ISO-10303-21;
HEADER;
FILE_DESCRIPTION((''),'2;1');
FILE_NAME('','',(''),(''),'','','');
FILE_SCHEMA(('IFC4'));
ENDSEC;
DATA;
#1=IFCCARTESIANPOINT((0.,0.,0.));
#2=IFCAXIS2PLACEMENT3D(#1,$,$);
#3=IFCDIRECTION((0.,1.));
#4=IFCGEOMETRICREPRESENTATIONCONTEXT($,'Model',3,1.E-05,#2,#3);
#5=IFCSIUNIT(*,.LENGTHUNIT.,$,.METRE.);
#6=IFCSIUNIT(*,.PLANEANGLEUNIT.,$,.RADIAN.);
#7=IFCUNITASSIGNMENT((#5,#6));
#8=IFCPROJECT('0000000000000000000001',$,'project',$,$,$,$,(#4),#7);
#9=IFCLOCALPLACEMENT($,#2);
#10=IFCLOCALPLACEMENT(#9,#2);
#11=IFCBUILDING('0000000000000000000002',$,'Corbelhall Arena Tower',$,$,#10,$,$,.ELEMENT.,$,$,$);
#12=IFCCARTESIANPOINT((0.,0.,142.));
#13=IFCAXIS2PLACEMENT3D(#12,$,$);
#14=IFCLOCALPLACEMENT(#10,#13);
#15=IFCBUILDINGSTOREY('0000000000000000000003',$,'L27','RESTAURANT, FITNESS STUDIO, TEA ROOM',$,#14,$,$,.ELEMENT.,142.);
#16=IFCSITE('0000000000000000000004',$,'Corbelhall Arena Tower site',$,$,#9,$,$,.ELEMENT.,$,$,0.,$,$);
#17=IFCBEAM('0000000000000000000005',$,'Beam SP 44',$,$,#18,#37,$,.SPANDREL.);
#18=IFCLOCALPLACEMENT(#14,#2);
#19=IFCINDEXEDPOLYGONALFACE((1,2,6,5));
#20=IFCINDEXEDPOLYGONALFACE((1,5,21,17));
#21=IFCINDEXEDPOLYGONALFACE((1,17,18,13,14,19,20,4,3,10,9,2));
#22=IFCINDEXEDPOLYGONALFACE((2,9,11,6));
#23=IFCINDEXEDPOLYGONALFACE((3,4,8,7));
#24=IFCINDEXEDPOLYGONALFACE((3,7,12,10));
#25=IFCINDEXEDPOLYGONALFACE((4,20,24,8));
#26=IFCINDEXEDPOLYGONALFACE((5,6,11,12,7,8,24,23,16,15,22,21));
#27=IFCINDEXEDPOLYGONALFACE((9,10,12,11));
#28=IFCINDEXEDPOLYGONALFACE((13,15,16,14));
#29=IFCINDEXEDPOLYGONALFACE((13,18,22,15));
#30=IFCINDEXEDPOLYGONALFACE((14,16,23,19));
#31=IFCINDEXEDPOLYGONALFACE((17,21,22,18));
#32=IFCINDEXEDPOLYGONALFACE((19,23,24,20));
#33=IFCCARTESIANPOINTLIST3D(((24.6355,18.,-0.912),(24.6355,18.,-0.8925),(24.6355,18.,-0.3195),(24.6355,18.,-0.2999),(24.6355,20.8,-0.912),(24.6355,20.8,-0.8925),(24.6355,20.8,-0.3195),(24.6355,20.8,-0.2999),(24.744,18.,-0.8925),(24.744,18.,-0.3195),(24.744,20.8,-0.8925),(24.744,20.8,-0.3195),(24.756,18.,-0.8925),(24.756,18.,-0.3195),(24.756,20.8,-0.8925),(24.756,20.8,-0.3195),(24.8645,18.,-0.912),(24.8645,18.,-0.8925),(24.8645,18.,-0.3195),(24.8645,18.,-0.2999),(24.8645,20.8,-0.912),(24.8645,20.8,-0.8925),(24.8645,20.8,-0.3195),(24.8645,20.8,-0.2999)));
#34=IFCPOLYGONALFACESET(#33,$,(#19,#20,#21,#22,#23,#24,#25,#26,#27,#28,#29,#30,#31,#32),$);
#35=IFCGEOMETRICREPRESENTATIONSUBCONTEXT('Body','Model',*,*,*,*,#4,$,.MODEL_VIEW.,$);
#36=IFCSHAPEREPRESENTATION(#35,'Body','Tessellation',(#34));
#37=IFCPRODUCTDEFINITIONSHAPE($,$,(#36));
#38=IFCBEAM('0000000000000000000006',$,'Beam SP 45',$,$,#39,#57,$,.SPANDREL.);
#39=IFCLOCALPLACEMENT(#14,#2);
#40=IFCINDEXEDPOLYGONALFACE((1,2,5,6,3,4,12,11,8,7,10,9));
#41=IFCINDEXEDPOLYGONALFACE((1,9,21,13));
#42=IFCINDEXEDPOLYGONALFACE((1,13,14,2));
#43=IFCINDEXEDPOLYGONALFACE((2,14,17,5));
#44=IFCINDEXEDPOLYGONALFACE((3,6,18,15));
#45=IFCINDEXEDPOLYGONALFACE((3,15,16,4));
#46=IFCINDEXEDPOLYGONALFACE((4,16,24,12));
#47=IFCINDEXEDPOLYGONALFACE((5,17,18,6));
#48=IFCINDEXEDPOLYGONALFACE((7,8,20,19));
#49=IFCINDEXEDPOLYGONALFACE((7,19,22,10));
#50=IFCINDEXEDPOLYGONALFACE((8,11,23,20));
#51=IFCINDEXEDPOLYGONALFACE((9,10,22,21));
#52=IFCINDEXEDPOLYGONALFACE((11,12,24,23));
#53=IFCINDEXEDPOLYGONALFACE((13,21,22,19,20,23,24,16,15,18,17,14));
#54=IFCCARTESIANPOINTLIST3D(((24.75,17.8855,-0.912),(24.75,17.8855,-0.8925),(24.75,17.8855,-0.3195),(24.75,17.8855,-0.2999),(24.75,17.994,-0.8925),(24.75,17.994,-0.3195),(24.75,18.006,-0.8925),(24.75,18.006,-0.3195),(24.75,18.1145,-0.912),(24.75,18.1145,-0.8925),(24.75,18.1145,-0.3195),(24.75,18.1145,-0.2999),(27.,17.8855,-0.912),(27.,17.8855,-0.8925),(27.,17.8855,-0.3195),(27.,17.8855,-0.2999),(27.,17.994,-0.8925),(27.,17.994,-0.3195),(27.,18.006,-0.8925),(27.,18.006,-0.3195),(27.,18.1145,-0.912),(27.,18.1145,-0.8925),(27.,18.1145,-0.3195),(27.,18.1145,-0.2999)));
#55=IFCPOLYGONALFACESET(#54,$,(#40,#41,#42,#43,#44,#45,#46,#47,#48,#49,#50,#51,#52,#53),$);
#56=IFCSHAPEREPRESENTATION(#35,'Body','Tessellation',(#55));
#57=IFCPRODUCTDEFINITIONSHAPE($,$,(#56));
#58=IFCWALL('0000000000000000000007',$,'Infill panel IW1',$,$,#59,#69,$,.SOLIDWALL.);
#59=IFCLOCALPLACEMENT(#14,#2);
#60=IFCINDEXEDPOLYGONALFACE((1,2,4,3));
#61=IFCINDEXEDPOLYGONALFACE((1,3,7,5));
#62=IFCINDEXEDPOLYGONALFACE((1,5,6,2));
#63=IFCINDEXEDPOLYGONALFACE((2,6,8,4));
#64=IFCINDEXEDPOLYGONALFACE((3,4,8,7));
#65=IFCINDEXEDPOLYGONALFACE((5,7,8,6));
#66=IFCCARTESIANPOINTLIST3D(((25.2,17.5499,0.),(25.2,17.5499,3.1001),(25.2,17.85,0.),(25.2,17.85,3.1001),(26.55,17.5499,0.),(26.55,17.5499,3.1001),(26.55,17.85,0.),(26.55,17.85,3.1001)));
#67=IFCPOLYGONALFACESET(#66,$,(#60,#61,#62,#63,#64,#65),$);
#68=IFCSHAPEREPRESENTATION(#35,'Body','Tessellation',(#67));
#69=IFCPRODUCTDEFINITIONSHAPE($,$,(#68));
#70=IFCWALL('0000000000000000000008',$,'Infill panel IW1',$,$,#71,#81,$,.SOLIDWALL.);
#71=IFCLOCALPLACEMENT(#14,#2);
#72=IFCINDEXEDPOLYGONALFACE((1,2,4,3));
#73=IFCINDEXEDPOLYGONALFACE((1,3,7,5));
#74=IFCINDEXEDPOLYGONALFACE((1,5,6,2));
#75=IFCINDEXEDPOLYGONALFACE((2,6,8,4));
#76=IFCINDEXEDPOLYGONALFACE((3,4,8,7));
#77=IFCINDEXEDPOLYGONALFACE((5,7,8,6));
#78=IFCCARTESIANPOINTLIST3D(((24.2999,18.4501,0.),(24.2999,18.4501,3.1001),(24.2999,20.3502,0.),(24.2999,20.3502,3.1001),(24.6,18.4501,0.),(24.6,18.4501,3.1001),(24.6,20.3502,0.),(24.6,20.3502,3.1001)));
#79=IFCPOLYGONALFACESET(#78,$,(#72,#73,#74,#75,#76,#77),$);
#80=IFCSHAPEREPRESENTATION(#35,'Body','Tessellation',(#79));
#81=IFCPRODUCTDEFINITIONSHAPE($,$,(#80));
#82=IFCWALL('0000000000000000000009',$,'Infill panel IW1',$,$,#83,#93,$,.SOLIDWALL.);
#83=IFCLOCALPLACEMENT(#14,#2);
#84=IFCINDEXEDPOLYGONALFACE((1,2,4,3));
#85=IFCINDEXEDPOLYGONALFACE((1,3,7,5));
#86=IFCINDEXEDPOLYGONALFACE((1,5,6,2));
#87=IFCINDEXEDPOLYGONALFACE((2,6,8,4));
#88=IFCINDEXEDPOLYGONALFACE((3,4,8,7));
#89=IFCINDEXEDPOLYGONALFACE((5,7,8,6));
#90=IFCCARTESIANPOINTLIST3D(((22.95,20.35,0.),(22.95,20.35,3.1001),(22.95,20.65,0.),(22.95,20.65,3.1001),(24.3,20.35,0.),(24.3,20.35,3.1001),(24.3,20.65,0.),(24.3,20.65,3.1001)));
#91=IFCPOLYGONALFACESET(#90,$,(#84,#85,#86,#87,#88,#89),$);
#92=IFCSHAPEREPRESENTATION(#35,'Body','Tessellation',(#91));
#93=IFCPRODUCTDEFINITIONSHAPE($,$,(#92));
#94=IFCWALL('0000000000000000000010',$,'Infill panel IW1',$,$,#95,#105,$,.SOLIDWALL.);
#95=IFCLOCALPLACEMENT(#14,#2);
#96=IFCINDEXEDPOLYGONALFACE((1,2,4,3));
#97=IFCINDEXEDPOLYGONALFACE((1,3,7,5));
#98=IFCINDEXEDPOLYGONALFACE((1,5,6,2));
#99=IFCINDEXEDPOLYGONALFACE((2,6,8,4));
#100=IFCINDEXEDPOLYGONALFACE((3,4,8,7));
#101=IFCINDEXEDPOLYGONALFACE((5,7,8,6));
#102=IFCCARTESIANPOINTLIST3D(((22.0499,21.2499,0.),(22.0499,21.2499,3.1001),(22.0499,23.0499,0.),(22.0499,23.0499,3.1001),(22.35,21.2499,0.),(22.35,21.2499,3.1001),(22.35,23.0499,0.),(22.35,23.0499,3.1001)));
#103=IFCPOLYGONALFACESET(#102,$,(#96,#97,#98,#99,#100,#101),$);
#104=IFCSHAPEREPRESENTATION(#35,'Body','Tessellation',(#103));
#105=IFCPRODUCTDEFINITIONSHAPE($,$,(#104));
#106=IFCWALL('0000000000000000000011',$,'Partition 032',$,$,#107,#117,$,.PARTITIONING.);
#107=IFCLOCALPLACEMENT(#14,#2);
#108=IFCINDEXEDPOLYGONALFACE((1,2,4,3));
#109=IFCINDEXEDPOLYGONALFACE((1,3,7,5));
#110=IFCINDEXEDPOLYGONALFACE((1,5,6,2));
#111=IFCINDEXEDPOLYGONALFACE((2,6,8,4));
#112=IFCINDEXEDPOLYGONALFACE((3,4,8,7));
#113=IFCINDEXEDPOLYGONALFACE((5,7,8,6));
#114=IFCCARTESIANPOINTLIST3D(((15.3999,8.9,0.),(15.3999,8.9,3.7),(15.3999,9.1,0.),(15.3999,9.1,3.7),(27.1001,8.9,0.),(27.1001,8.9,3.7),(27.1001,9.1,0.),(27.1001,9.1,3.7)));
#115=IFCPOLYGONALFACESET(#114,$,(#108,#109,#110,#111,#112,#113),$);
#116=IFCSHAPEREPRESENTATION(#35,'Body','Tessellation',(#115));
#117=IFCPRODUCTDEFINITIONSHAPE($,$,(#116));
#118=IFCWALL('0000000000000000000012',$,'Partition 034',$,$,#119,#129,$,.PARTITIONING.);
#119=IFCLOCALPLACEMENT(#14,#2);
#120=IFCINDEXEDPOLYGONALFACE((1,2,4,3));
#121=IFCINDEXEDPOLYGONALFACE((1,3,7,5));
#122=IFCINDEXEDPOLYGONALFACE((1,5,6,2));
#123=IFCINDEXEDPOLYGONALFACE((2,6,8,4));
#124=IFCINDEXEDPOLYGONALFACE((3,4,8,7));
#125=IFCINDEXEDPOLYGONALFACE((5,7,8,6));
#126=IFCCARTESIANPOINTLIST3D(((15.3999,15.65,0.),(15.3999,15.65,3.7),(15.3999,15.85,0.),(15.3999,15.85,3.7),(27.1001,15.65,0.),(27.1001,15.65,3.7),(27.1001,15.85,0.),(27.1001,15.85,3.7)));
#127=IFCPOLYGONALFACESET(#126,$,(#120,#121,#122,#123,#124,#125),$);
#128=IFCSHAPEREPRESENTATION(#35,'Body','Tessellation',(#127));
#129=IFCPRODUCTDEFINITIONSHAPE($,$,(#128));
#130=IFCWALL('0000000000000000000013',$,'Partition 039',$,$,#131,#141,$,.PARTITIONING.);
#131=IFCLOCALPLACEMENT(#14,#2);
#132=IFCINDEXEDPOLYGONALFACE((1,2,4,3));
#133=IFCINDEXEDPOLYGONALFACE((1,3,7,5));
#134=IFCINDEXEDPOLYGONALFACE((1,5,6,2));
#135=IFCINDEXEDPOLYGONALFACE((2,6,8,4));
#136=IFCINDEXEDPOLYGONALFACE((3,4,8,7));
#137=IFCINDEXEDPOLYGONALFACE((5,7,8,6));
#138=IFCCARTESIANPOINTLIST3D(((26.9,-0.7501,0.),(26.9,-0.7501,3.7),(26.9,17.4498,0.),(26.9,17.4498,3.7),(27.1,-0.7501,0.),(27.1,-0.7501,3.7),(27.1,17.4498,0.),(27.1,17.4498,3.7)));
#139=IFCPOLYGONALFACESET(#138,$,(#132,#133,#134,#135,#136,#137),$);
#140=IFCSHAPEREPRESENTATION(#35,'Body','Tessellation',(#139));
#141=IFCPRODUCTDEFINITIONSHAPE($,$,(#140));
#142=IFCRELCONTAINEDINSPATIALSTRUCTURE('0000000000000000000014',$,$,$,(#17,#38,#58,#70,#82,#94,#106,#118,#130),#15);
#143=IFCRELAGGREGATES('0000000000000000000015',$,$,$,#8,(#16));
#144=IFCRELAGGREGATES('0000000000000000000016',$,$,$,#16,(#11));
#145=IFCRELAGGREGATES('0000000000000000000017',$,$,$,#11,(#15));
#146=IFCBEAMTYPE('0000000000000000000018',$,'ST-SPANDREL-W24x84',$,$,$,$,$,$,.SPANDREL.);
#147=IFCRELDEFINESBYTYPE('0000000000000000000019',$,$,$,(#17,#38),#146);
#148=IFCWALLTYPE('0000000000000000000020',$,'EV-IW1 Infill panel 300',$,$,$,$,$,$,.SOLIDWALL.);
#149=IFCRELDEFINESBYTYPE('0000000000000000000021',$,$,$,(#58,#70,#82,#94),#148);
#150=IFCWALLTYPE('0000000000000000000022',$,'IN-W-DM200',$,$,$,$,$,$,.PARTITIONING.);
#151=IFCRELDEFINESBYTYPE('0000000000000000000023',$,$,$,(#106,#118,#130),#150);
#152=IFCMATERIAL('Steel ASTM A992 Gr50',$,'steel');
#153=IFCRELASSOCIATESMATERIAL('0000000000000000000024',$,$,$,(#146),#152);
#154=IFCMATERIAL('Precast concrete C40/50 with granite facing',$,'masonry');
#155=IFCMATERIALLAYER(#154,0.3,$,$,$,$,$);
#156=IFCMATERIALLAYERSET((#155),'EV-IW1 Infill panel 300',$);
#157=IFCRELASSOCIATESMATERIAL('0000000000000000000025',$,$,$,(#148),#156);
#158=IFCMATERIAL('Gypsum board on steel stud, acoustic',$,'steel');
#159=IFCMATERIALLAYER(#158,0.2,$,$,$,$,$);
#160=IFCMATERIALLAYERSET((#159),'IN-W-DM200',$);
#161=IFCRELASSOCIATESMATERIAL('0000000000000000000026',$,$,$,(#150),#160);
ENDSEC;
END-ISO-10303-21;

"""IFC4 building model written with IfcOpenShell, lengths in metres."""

from ifc_helpers import new_model, si_unit, direction, frame, frame_2d, origin, origin_2d, place, context, subcontext, project, spatial, rectangle, i_section, extrude, material, layer, layer_set, material_profile, profile_set, type_object, element, save


model = new_model("IFC4")

# Units and contexts
model_context = context("Model", 3, precision=1e-05, world=origin(), true_north=direction((0.0, 1.0)))
body_context = subcontext(model_context, "Body", "Model", "MODEL_VIEW")
ifc_project = project(units=[si_unit("LENGTHUNIT", "METRE"), si_unit("PLANEANGLEUNIT", "RADIAN")], contexts=[model_context])

# Site, building, storey
site_placement = place(None, origin())
site = spatial("IfcSite", under=ifc_project, at=site_placement, Name="Corbelhall Arena Tower site", CompositionType="ELEMENT", RefElevation=0.0)
building_placement = place(site_placement, origin())
building = spatial("IfcBuilding", under=site, at=building_placement, Name="Corbelhall Arena Tower", CompositionType="ELEMENT")
storey_placement = place(building_placement, frame((0.0, 0.0, 142.0)))
storey = spatial("IfcBuildingStorey", under=building, at=storey_placement, Name="L27", Description="RESTAURANT, FITNESS STUDIO, TEA ROOM", CompositionType="ELEMENT", Elevation=142.0)

# Beams
ifc_material_1 = material(Name="Steel ASTM A992 Gr50", Category="steel")
ifc_material_profile_1 = material_profile(ifc_material_1, i_section(OverallWidth=0.229, OverallDepth=0.6121, WebThickness=0.012, FlangeThickness=0.0195, at=origin_2d()))
ifc_profile_set_1 = profile_set([ifc_material_profile_1], Name="Steel ASTM A992 Gr50")
beam_type = type_object("IfcBeamType", Name="ST-SPANDREL-W24x84", PredefinedType="SPANDREL", material=ifc_profile_set_1)
beam_1_placement = place(storey_placement, frame((24.75, 20.8, -0.606), z_axis=(0.0, -1.0, 0.0), x_axis=(1.0, 0.0, 0.0)))
element("IfcBeam", 1, at=beam_1_placement, inside=storey, type_object=beam_type, Name="Beam SP 44", PredefinedType="SPANDREL", context=body_context, shape_type="SweptSolid", body=[
    extrude(i_section(OverallWidth=0.229, OverallDepth=0.6121, WebThickness=0.012, FlangeThickness=0.0195, at=origin_2d()), origin(), (0.0, 0.0, 1.0), 2.8),
])
beam_2_placement = place(storey_placement, frame((24.75, 18.0, -0.606), z_axis=(1.0, 0.0, 0.0), x_axis=(0.0, 1.0, 0.0)))
element("IfcBeam", 2, at=beam_2_placement, inside=storey, type_object=beam_type, Name="Beam SP 45", PredefinedType="SPANDREL", context=body_context, shape_type="SweptSolid", body=[
    extrude(i_section(OverallWidth=0.229, OverallDepth=0.6121, WebThickness=0.012, FlangeThickness=0.0195, at=origin_2d()), origin(), (0.0, 0.0, 1.0), 2.25),
])

# Walls
ifc_material_2 = material(Name="Precast concrete C40/50 with granite facing", Category="masonry")
ifc_layer_1 = layer(ifc_material_2, 0.3)
ifc_layer_set_1 = layer_set([ifc_layer_1], Name="EV-IW1 Infill panel 300")
wall_type_1 = type_object("IfcWallType", Name="EV-IW1 Infill panel 300", PredefinedType="SOLIDWALL", material=ifc_layer_set_1)
wall_1_placement = place(storey_placement, frame((26.55, 17.7, 0.0), z_axis=(0.0, 0.0, 1.0), x_axis=(-1.0, 0.0, 0.0)))
element("IfcWall", 3, at=wall_1_placement, inside=storey, type_object=wall_type_1, Name="Infill panel IW1", PredefinedType="SOLIDWALL", context=body_context, shape_type="SweptSolid", body=[
    extrude(rectangle(XDim=1.3501, YDim=0.3, at=frame_2d((0.675, 0.0))), origin(), (0.0, 0.0, 1.0), 3.1001),
])
wall_2_placement = place(storey_placement, frame((24.45, 18.45, 0.0), z_axis=(0.0, 0.0, 1.0), x_axis=(0.0, 1.0, 0.0)))
element("IfcWall", 4, at=wall_2_placement, inside=storey, type_object=wall_type_1, Name="Infill panel IW1", PredefinedType="SOLIDWALL", context=body_context, shape_type="SweptSolid", body=[
    extrude(rectangle(XDim=1.9001, YDim=0.3, at=frame_2d((0.9502, 0.0))), origin(), (0.0, 0.0, 1.0), 3.1001),
])
wall_3_placement = place(storey_placement, frame((24.3, 20.5, 0.0), z_axis=(0.0, 0.0, 1.0), x_axis=(-1.0, 0.0, 0.0)))
element("IfcWall", 5, at=wall_3_placement, inside=storey, type_object=wall_type_1, Name="Infill panel IW1", PredefinedType="SOLIDWALL", context=body_context, shape_type="SweptSolid", body=[
    extrude(rectangle(XDim=1.3501, YDim=0.3, at=frame_2d((0.675, 0.0))), origin(), (0.0, 0.0, 1.0), 3.1001),
])
wall_4_placement = place(storey_placement, frame((22.2, 21.25, 0.0), z_axis=(0.0, 0.0, 1.0), x_axis=(0.0, 1.0, 0.0)))
element("IfcWall", 6, at=wall_4_placement, inside=storey, type_object=wall_type_1, Name="Infill panel IW1", PredefinedType="SOLIDWALL", context=body_context, shape_type="SweptSolid", body=[
    extrude(rectangle(XDim=1.8, YDim=0.3, at=frame_2d((0.8999, 0.0))), origin(), (0.0, 0.0, 1.0), 3.1001),
])

# Wall
ifc_material_3 = material(Name="Gypsum board on steel stud, acoustic", Category="steel")
ifc_layer_2 = layer(ifc_material_3, 0.2)
ifc_layer_set_2 = layer_set([ifc_layer_2], Name="IN-W-DM200")
wall_type_2 = type_object("IfcWallType", Name="IN-W-DM200", PredefinedType="PARTITIONING", material=ifc_layer_set_2)
wall_5_placement = place(storey_placement, frame((15.3999, 9.0, 0.0), z_axis=(0.0, 0.0, 1.0), x_axis=(1.0, 0.0, 0.0)))
element("IfcWall", 7, at=wall_5_placement, inside=storey, type_object=wall_type_2, Name="Partition 032", PredefinedType="PARTITIONING", context=body_context, shape_type="SweptSolid", body=[
    extrude(rectangle(XDim=11.7002, YDim=0.2, at=frame_2d((5.8501, 0.0))), origin(), (0.0, 0.0, 1.0), 3.7),
])

# Walls
wall_6_placement = place(storey_placement, frame((15.3999, 15.75, 0.0), z_axis=(0.0, 0.0, 1.0), x_axis=(1.0, 0.0, 0.0)))
element("IfcWall", 8, at=wall_6_placement, inside=storey, type_object=wall_type_2, Name="Partition 034", PredefinedType="PARTITIONING", context=body_context, shape_type="SweptSolid", body=[
    extrude(rectangle(XDim=11.7002, YDim=0.2, at=frame_2d((5.8501, 0.0))), origin(), (0.0, 0.0, 1.0), 3.7),
])
wall_7_placement = place(storey_placement, frame((27.0, 17.45, 0.0), z_axis=(0.0, 0.0, 1.0), x_axis=(0.0, -1.0, 0.0)))
element("IfcWall", 9, at=wall_7_placement, inside=storey, type_object=wall_type_2, Name="Partition 039", PredefinedType="PARTITIONING", context=body_context, shape_type="SweptSolid", body=[
    extrude(rectangle(XDim=18.2, YDim=0.2, at=frame_2d((9.1001, 0.0))), origin(), (0.0, 0.0, 1.0), 3.7),
])

save(model, "model.ifc")
